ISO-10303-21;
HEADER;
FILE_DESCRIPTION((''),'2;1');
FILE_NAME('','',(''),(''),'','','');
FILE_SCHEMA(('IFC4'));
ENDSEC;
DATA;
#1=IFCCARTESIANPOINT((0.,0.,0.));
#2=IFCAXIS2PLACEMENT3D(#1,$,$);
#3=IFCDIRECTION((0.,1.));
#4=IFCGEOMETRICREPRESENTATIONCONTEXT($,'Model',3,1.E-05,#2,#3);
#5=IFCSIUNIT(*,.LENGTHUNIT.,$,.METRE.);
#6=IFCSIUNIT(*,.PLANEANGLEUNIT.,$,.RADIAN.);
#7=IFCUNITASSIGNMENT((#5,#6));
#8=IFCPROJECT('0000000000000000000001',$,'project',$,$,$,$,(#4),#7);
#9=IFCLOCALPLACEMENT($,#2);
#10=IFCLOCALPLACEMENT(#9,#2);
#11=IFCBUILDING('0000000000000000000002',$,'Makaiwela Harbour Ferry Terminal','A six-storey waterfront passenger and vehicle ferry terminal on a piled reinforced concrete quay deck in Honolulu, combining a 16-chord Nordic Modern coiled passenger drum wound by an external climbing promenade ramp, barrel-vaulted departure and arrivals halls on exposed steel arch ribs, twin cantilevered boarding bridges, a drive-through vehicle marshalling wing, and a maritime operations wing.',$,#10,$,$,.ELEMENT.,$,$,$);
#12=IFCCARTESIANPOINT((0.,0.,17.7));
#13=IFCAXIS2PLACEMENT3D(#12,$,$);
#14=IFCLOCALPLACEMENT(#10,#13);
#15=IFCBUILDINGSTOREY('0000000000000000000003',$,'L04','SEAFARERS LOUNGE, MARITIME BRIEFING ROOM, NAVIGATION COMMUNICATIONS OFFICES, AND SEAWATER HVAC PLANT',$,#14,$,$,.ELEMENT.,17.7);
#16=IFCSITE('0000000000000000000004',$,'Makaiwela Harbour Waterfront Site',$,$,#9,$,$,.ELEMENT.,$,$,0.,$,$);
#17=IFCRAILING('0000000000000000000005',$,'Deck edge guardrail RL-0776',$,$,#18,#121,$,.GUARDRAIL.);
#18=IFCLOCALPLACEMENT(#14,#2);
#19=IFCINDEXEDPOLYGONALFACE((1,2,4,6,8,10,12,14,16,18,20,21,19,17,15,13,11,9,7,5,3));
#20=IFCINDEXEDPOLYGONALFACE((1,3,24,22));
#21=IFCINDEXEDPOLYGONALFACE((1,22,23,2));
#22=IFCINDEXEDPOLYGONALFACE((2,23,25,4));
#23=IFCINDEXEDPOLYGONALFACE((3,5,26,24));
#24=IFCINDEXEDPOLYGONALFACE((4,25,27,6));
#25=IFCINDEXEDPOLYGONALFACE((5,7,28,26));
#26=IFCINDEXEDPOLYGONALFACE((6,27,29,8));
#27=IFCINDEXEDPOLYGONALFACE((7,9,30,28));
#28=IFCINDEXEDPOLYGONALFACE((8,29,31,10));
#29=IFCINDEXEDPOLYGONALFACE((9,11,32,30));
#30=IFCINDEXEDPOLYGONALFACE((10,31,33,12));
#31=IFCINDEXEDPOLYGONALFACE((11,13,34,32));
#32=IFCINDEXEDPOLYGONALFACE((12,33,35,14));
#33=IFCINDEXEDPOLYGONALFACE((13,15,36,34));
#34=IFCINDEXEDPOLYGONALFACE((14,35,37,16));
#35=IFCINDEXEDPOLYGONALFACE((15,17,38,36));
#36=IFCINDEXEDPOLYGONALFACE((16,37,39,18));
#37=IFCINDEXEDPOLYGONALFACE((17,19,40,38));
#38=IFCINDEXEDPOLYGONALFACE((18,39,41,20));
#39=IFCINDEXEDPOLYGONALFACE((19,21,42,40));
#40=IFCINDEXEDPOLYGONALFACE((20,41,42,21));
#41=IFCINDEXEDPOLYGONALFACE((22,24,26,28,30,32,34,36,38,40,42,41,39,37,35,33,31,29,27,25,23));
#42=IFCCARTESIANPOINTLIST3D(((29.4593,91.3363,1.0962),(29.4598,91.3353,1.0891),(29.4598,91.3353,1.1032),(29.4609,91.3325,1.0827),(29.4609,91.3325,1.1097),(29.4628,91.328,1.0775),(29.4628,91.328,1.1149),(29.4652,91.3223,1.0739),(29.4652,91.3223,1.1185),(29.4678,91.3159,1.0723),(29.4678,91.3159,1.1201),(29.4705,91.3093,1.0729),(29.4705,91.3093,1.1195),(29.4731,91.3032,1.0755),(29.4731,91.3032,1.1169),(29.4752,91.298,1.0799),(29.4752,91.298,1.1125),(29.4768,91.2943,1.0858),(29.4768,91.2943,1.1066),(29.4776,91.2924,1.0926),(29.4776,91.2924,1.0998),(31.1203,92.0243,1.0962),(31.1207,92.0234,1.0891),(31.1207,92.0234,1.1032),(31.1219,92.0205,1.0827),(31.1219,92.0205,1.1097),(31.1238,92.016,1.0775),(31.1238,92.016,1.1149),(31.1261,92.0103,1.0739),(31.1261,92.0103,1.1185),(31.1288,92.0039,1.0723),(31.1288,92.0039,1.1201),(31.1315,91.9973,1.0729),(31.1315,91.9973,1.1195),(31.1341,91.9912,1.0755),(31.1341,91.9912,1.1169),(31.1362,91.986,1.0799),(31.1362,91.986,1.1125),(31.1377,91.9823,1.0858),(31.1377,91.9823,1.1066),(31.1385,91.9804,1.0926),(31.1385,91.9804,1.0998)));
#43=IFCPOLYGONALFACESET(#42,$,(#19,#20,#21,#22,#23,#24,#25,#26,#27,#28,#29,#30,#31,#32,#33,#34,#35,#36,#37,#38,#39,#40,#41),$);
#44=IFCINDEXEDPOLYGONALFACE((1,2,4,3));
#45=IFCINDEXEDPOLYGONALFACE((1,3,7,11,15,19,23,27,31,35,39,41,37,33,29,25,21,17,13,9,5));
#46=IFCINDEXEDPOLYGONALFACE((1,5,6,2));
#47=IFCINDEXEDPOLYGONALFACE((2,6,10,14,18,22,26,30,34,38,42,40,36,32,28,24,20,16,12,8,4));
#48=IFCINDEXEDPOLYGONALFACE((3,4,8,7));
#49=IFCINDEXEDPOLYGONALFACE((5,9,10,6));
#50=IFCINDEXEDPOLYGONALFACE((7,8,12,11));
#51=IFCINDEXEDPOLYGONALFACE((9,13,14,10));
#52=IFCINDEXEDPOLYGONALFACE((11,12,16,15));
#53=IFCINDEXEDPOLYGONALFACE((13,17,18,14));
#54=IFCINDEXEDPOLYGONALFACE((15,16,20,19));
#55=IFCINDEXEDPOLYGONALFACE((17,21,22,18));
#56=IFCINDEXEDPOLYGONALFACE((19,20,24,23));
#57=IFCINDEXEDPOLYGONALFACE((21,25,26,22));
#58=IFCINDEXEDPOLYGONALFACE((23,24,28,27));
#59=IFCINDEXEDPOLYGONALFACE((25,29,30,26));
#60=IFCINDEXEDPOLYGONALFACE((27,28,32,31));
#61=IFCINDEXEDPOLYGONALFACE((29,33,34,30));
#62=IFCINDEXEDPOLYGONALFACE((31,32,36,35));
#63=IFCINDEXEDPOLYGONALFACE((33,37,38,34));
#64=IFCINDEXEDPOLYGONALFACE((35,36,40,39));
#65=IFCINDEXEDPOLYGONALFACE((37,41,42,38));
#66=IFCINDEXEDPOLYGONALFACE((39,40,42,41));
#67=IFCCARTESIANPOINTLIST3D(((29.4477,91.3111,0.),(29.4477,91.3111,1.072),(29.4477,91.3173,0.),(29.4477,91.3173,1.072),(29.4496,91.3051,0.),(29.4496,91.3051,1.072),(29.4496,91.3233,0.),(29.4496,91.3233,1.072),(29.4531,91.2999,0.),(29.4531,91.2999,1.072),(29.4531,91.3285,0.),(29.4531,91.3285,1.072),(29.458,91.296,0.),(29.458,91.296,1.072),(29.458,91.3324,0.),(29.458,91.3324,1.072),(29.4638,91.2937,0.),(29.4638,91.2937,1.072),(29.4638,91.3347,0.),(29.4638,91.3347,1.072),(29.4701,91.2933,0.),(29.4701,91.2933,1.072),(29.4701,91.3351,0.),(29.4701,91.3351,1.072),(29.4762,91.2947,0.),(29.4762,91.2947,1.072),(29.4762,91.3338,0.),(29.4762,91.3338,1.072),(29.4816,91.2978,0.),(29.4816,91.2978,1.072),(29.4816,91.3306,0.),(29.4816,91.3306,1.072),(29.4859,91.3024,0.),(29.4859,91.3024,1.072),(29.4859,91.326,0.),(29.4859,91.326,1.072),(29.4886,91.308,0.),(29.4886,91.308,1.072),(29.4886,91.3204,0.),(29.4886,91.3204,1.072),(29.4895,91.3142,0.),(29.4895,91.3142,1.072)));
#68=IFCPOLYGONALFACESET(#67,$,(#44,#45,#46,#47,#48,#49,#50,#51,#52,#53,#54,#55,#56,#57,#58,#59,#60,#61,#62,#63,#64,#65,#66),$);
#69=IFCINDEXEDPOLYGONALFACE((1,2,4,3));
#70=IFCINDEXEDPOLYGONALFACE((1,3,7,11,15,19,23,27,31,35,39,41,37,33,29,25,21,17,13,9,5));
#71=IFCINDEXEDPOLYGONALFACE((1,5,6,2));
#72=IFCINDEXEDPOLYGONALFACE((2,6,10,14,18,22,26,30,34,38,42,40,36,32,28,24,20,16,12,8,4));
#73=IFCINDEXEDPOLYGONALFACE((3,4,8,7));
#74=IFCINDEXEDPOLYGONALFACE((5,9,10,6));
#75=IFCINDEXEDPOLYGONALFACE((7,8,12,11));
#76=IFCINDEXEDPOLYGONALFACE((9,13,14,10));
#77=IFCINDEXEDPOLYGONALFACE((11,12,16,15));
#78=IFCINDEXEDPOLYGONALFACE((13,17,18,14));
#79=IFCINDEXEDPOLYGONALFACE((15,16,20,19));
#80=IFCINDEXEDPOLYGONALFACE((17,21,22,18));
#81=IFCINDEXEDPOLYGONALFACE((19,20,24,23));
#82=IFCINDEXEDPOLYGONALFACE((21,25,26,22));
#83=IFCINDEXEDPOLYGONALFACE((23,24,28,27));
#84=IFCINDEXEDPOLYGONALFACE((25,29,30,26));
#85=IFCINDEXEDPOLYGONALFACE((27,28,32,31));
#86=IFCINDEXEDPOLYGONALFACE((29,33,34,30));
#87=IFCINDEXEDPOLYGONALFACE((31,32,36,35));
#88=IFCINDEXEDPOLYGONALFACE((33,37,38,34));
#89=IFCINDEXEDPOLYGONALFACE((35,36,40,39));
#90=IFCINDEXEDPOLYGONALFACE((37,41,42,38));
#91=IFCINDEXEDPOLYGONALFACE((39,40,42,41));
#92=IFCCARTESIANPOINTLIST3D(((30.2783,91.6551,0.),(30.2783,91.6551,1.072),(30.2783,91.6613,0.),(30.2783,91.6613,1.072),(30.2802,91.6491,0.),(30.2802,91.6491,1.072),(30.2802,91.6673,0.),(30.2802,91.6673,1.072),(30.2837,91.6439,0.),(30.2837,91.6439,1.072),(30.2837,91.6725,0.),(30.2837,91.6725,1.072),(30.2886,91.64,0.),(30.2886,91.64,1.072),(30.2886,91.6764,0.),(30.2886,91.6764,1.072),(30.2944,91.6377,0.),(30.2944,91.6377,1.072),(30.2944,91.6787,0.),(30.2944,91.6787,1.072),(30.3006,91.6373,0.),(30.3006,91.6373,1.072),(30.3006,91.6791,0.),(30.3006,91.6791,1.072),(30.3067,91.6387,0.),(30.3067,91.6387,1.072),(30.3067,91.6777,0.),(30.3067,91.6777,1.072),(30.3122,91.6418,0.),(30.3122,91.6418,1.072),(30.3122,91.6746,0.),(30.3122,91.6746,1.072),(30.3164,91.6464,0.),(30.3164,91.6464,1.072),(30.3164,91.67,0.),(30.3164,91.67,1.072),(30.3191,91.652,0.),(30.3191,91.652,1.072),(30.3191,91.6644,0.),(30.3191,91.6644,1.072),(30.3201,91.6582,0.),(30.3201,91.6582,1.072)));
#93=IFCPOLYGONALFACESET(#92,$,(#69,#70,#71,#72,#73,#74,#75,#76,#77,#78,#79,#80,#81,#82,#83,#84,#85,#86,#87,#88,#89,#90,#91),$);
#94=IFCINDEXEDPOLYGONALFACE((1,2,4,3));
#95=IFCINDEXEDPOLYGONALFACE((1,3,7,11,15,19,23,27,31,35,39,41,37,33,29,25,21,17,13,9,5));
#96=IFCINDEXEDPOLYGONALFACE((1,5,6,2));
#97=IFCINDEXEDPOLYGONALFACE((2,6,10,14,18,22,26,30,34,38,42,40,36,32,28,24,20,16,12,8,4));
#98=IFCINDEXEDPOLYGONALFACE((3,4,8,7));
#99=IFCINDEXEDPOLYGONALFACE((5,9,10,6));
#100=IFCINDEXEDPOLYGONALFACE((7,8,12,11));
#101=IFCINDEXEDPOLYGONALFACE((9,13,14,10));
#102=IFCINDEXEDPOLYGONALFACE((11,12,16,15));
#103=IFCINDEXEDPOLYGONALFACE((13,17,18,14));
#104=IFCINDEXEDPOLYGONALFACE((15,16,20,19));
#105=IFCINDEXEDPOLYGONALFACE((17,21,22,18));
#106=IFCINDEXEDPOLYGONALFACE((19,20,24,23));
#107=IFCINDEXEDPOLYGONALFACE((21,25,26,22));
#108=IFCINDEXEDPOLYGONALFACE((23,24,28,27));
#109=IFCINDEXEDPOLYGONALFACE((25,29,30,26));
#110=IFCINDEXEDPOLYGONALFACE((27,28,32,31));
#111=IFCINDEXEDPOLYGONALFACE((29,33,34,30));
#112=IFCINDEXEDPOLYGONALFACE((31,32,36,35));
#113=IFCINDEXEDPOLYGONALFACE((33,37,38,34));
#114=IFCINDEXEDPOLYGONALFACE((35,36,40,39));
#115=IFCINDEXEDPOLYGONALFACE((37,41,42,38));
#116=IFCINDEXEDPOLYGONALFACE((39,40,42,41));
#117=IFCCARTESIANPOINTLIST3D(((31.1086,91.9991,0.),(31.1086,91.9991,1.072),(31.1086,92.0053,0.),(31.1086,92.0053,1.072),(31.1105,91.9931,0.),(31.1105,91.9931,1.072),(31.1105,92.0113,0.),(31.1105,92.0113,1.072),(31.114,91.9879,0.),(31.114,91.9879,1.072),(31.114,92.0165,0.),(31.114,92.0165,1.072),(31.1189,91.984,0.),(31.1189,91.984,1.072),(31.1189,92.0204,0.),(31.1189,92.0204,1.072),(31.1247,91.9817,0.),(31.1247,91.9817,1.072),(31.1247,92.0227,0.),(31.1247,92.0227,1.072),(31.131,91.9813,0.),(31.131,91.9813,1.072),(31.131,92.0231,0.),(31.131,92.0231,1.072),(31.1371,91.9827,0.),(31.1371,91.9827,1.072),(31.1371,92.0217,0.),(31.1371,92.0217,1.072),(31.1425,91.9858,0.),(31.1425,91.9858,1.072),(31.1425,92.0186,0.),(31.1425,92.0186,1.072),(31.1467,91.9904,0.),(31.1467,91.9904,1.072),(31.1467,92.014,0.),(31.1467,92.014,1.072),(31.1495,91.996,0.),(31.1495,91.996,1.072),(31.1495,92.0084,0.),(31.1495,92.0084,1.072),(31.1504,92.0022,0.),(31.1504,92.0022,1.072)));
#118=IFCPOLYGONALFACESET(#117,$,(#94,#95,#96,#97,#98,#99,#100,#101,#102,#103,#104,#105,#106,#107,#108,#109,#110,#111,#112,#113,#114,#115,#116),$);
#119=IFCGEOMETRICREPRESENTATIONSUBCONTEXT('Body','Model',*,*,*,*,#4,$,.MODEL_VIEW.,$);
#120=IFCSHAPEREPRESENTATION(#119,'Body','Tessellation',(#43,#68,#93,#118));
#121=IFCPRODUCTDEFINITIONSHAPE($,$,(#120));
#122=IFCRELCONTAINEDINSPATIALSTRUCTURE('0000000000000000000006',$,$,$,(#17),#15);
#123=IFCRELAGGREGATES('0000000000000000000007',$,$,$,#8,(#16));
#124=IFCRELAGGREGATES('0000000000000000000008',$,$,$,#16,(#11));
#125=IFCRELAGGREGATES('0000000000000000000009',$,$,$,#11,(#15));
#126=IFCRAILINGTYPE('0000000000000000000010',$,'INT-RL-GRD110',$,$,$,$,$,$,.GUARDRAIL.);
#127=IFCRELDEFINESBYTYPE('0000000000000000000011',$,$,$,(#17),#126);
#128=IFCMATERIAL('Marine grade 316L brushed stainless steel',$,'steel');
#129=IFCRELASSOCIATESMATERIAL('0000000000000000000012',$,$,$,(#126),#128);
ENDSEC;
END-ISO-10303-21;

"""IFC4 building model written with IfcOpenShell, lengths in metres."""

from ifc_helpers import new_model, si_unit, direction, frame, origin, origin_2d, place, context, subcontext, project, spatial, circle, extrude, material, type_object, element, save


model = new_model("IFC4")

# Units and contexts
model_context = context("Model", 3, precision=1e-05, world=origin(), true_north=direction((0.0, 1.0)))
body_context = subcontext(model_context, "Body", "Model", "MODEL_VIEW")
ifc_project = project(units=[si_unit("LENGTHUNIT", "METRE"), si_unit("PLANEANGLEUNIT", "RADIAN")], contexts=[model_context])

# Site, building, storey
site_placement = place(None, origin())
site = spatial("IfcSite", under=ifc_project, at=site_placement, Name="Makaiwela Harbour Waterfront Site", CompositionType="ELEMENT", RefElevation=0.0)
building_placement = place(site_placement, origin())
building = spatial("IfcBuilding", under=site, at=building_placement, Name="Makaiwela Harbour Ferry Terminal", Description="A six-storey waterfront passenger and vehicle ferry terminal on a piled reinforced concrete quay deck in Honolulu, combining a 16-chord Nordic Modern coiled passenger drum wound by an external climbing promenade ramp, barrel-vaulted departure and arrivals halls on exposed steel arch ribs, twin cantilevered boarding bridges, a drive-through vehicle marshalling wing, and a maritime operations wing.", CompositionType="ELEMENT")
storey_placement = place(building_placement, frame((0.0, 0.0, 17.7)))
storey = spatial("IfcBuildingStorey", under=building, at=storey_placement, Name="L04", Description="SEAFARERS LOUNGE, MARITIME BRIEFING ROOM, NAVIGATION COMMUNICATIONS OFFICES, AND SEAWATER HVAC PLANT", CompositionType="ELEMENT", Elevation=17.7)

# Railing
ifc_material_1 = material(Name="Marine grade 316L brushed stainless steel", Category="steel")
railing_type = type_object("IfcRailingType", Name="INT-RL-GRD110", PredefinedType="GUARDRAIL", material=ifc_material_1)
for number, where, name in (
    (1, (29.4685, 91.3142, 0.0), "Deck edge guardrail RL-0776"),
):
    element("IfcRailing", number, at=place(storey_placement, frame(where)), inside=storey, type_object=railing_type, Name=name, PredefinedType="GUARDRAIL", context=body_context, shape_type="SweptSolid", body=[
        extrude(circle(Radius=0.0239, at=origin_2d()), frame((0.0, 0.0, 1.0962), z_axis=(0.923874, 0.382696, 0.0), x_axis=(-0.382696, 0.923874, 0.0)), (0.0, 0.0, 1.0), 1.7979),
        extrude(circle(Radius=0.021, at=origin_2d()), origin(), (0.0, 0.0, 1.0), 1.072),
        extrude(circle(Radius=0.021, at=origin_2d()), frame((0.8306, 0.344, 0.0)), (0.0, 0.0, 1.0), 1.072),
        extrude(circle(Radius=0.021, at=origin_2d()), frame((1.6609, 0.688, 0.0)), (0.0, 0.0, 1.0), 1.072),
    ])

save(model, "model.ifc")
